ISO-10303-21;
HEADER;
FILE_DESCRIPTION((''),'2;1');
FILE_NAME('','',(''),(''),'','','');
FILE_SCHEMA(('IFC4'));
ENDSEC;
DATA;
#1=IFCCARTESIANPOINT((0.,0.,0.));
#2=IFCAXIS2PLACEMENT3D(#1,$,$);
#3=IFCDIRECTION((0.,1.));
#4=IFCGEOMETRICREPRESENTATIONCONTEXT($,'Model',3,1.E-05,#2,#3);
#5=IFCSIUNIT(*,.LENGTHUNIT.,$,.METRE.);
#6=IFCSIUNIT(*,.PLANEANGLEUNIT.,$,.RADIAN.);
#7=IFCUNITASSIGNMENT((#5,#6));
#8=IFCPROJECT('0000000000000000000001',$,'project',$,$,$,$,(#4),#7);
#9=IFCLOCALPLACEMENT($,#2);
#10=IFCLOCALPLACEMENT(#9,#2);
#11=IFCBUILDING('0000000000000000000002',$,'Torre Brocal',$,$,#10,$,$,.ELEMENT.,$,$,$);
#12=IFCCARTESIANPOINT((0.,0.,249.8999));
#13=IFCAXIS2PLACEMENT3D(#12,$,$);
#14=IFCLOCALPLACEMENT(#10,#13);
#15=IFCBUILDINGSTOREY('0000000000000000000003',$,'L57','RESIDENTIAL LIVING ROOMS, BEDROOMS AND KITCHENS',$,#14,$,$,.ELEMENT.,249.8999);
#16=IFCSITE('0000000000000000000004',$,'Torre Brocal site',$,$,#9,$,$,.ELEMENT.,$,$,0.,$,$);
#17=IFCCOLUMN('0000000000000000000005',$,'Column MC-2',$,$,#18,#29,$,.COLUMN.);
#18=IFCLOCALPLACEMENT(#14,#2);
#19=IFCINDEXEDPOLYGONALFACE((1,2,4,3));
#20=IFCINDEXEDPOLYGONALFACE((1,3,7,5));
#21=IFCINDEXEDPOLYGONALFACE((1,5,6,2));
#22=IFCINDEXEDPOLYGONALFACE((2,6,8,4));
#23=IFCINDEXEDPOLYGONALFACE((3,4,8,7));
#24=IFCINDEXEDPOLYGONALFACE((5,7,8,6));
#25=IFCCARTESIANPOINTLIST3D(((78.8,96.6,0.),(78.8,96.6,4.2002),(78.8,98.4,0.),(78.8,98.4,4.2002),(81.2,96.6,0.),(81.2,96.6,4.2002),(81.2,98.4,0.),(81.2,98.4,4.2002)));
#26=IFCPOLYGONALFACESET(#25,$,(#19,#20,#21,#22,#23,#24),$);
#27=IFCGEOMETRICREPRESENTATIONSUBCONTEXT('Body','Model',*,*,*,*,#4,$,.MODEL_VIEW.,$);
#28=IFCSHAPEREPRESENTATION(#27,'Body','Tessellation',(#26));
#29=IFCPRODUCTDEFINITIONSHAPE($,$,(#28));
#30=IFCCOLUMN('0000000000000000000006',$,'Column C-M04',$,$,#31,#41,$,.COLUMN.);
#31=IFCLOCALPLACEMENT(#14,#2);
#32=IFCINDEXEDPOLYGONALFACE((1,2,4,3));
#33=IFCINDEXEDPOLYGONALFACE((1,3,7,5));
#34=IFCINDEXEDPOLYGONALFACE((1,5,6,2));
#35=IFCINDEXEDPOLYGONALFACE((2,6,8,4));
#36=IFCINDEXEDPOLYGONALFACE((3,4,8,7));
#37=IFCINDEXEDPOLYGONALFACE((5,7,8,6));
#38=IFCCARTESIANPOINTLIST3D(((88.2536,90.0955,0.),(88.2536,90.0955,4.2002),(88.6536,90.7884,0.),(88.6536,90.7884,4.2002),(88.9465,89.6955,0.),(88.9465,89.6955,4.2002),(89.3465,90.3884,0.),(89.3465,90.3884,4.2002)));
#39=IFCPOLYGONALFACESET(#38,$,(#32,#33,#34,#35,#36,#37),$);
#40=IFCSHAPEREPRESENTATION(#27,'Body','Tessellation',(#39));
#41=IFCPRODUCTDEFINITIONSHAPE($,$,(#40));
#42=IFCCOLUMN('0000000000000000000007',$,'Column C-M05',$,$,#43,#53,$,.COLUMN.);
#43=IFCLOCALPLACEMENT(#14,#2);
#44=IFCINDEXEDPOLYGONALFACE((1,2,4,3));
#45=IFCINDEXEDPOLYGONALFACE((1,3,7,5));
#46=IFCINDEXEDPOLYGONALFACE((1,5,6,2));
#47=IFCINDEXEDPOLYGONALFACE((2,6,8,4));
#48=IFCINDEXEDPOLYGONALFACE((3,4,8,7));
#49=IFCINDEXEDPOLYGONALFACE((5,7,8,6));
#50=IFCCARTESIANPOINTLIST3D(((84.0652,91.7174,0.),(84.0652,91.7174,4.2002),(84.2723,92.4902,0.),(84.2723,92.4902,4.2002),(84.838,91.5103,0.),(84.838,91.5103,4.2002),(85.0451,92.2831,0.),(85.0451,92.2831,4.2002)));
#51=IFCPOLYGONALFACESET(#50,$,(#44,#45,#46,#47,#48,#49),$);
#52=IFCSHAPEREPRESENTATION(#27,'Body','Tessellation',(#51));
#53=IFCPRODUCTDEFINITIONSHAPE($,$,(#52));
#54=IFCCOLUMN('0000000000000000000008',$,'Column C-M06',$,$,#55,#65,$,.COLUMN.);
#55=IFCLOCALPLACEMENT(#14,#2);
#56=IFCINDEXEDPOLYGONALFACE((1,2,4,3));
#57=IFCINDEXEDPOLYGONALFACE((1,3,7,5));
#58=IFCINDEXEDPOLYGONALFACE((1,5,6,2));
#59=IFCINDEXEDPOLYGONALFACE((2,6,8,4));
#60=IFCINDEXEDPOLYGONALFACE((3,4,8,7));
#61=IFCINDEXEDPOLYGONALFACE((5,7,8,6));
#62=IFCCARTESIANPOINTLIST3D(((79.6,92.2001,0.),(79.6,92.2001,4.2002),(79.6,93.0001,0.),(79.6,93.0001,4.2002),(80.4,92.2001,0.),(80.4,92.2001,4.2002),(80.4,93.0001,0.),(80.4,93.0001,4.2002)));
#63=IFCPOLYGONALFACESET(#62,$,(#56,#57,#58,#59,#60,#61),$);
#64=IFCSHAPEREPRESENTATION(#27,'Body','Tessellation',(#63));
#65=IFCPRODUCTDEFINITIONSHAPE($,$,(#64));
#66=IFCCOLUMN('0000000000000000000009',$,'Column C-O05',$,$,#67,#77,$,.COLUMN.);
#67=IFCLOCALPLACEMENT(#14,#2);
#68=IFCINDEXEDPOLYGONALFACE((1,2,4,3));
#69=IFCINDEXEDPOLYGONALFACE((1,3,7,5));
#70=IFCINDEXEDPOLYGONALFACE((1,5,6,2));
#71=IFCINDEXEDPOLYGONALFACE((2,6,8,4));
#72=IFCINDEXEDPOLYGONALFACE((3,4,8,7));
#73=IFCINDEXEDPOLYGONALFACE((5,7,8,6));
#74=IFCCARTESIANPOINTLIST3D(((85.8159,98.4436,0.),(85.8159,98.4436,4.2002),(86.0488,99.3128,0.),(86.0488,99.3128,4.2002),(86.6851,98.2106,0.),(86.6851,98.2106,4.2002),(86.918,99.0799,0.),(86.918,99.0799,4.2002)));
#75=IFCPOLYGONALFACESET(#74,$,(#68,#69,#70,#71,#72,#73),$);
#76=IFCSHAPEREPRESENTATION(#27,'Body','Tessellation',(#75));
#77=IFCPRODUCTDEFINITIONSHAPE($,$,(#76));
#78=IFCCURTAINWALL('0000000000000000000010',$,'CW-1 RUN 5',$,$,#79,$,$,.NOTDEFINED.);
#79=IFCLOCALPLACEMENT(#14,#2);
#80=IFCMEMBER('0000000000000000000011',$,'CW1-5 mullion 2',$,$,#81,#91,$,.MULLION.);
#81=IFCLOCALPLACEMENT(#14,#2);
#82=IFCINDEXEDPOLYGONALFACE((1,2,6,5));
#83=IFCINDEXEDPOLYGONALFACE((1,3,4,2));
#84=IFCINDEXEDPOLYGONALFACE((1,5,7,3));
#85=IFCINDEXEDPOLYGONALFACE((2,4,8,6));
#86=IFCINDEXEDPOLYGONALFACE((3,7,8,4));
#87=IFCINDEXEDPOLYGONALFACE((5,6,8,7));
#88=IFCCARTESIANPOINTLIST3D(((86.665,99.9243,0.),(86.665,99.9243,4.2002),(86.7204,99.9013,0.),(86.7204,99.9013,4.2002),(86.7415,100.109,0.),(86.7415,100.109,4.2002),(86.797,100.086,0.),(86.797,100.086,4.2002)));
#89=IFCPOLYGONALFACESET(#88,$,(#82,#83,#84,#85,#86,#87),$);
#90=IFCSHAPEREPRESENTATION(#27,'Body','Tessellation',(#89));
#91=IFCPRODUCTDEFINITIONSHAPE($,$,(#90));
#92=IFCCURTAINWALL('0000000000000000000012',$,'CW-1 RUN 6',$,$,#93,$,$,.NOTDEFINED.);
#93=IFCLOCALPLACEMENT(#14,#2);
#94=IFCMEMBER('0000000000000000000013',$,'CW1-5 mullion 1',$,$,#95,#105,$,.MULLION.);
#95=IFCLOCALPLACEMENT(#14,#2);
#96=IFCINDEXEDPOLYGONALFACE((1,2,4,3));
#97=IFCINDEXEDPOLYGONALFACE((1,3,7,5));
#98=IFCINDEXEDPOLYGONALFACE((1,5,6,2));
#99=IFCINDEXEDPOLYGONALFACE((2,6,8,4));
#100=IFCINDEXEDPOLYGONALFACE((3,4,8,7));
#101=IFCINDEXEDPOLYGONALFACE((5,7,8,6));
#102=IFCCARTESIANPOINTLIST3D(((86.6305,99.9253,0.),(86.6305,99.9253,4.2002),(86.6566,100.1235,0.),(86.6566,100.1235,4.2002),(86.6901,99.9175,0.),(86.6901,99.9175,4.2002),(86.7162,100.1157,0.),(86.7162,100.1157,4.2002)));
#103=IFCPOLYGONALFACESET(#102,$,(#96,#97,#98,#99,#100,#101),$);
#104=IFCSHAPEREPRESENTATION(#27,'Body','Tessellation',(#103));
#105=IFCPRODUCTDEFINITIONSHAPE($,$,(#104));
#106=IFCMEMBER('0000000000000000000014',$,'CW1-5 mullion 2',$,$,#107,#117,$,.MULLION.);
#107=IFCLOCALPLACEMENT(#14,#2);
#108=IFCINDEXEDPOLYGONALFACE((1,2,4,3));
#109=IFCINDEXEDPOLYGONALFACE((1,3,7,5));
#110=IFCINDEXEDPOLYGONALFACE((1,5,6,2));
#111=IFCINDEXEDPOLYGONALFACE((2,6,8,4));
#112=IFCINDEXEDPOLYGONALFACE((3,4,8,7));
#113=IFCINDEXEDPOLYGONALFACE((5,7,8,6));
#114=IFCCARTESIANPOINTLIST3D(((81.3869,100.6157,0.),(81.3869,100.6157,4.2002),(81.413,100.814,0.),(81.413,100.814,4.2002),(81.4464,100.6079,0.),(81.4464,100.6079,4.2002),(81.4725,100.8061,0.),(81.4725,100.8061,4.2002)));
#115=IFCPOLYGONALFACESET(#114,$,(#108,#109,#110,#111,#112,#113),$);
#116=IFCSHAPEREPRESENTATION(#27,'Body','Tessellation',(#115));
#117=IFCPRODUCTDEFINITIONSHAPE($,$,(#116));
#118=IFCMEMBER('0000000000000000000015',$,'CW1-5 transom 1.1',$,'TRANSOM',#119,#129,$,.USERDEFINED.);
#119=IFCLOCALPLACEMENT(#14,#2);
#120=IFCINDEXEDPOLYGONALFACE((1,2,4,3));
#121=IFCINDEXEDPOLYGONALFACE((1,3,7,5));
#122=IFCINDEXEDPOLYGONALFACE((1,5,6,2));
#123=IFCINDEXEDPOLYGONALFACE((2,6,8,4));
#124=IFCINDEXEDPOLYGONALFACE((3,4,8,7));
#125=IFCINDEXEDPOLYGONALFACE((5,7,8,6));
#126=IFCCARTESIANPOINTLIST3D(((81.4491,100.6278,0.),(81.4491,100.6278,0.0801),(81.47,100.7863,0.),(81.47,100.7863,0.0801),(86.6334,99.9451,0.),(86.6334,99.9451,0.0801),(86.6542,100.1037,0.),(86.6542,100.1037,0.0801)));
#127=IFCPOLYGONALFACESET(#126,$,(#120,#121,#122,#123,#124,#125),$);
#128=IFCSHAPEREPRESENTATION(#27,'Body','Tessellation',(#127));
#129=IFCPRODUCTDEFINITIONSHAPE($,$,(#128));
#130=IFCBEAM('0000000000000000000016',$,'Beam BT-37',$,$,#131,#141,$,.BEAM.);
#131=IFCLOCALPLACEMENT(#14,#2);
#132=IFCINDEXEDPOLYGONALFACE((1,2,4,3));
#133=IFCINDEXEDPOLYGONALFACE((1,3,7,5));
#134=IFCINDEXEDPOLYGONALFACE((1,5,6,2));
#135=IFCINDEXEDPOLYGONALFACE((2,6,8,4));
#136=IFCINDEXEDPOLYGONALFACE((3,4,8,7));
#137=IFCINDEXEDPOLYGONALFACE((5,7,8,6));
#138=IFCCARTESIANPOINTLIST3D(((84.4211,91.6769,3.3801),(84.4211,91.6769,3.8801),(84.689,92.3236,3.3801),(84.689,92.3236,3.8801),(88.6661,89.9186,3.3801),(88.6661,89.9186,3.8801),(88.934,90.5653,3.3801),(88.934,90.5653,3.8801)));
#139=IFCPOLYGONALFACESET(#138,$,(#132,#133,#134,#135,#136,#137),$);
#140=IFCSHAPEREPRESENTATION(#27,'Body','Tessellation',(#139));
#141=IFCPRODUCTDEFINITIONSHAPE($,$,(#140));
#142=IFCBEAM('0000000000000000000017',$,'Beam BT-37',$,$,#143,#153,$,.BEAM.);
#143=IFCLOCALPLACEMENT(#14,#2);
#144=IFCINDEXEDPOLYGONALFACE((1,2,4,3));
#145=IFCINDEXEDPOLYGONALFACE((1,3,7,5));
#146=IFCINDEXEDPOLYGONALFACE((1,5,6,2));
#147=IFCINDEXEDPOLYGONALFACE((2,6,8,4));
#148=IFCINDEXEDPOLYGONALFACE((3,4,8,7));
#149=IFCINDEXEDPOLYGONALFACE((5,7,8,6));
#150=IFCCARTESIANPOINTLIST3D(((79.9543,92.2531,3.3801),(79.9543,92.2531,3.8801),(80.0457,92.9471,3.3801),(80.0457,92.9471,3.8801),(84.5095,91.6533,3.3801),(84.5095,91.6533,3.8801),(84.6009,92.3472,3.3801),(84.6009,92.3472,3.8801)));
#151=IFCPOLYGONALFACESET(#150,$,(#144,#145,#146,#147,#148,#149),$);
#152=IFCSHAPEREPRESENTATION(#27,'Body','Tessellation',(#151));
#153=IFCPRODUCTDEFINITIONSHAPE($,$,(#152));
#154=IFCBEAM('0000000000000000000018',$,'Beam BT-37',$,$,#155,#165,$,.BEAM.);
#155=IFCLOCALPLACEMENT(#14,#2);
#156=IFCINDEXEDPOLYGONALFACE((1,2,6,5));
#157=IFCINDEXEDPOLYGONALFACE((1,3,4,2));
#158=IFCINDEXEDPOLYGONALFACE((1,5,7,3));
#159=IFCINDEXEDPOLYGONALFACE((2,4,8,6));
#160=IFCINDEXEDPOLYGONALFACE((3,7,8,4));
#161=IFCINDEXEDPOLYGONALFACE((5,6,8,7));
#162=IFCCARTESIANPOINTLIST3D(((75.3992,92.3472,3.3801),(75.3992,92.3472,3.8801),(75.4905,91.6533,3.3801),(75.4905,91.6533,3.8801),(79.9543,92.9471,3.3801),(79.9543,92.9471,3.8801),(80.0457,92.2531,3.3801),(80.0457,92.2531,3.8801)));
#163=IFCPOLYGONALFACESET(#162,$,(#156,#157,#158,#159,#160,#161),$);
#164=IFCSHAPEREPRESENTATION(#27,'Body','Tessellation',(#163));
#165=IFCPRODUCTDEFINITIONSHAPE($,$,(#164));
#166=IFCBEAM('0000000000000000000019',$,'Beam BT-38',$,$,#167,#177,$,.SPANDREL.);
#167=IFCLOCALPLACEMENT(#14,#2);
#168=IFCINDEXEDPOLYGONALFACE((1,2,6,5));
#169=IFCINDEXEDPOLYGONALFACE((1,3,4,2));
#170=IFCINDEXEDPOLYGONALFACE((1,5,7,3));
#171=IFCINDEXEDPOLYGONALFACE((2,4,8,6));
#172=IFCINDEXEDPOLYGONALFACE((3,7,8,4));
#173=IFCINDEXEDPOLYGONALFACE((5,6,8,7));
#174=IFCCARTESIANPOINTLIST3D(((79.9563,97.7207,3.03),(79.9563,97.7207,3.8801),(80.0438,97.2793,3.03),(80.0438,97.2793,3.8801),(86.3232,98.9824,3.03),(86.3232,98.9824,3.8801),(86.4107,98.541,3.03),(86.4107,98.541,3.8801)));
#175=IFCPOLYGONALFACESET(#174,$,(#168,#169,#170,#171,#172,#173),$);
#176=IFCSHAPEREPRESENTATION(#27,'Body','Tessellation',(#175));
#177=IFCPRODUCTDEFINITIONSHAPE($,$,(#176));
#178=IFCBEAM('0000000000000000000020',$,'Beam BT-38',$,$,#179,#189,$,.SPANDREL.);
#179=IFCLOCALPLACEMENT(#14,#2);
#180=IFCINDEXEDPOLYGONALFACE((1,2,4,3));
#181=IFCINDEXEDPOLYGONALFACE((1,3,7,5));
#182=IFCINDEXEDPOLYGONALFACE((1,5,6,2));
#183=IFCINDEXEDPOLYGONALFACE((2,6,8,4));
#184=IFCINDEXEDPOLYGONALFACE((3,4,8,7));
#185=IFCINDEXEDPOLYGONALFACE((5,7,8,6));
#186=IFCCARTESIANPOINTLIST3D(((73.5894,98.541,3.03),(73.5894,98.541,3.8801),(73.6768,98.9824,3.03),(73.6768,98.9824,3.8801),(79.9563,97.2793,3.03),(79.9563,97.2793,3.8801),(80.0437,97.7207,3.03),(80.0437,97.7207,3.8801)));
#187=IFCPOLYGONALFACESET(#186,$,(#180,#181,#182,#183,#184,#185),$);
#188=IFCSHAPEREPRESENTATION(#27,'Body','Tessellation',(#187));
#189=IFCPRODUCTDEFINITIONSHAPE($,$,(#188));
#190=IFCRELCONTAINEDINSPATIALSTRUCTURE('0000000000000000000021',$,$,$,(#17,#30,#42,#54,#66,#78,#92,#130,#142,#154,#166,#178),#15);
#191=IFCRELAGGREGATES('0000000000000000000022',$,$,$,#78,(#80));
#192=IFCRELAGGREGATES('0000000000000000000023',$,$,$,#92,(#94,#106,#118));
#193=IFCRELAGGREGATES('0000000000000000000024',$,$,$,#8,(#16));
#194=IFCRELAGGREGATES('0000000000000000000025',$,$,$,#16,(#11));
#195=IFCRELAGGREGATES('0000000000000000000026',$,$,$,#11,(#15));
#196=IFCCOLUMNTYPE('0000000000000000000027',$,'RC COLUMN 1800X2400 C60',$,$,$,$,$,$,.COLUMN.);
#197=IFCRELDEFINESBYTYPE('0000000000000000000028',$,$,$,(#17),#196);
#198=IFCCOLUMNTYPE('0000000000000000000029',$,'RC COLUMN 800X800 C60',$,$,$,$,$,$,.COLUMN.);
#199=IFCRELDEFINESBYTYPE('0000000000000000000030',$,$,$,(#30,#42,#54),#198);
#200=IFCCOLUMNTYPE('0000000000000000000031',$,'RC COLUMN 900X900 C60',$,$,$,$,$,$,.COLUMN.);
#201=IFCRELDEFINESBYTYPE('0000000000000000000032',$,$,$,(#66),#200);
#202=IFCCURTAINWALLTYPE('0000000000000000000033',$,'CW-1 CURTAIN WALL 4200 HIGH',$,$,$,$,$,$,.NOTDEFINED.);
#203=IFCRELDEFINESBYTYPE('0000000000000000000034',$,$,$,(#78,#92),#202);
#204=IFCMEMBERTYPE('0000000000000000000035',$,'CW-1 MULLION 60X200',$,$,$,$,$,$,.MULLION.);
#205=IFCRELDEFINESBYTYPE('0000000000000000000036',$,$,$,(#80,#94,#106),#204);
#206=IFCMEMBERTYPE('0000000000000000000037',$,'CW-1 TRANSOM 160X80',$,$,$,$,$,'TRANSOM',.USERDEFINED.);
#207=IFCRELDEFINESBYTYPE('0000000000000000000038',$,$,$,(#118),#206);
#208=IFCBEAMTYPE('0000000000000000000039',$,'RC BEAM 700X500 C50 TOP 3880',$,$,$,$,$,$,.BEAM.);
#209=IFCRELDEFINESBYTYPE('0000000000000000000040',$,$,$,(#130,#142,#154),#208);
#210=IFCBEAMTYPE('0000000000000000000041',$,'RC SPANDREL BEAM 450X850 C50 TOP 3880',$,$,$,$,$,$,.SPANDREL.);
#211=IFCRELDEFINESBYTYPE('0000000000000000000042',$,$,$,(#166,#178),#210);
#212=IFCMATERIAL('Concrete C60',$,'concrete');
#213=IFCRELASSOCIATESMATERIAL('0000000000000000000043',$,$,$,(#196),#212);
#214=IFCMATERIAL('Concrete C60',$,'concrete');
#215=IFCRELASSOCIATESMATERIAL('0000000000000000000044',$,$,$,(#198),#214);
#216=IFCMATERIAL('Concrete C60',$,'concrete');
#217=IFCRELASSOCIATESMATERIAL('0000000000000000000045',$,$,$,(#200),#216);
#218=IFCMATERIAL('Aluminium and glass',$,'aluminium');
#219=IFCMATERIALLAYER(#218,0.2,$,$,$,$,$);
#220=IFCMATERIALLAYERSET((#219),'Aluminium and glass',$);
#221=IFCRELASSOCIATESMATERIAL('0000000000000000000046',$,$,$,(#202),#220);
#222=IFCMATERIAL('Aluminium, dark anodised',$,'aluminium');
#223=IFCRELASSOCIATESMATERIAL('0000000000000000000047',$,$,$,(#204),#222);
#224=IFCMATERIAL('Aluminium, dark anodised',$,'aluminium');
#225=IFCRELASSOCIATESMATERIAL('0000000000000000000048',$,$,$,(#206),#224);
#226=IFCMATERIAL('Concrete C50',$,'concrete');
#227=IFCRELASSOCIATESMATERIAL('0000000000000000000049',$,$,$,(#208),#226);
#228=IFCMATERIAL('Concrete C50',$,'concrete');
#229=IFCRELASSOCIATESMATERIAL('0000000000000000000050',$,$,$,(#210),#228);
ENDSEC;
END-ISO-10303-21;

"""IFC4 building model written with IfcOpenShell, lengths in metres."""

from ifc_helpers import new_model, si_unit, direction, frame, origin, origin_2d, place, context, subcontext, project, spatial, rectangle, extrude, material, layer, layer_set, material_profile, profile_set, type_object, element, aggregate, save


model = new_model("IFC4")

# Units and contexts
model_context = context("Model", 3, precision=1e-05, world=origin(), true_north=direction((0.0, 1.0)))
body_context = subcontext(model_context, "Body", "Model", "MODEL_VIEW")
ifc_project = project(units=[si_unit("LENGTHUNIT", "METRE"), si_unit("PLANEANGLEUNIT", "RADIAN")], contexts=[model_context])

# Site, building, storey
site_placement = place(None, origin())
site = spatial("IfcSite", under=ifc_project, at=site_placement, Name="Torre Brocal site", CompositionType="ELEMENT", RefElevation=0.0)
building_placement = place(site_placement, origin())
building = spatial("IfcBuilding", under=site, at=building_placement, Name="Torre Brocal", CompositionType="ELEMENT")
storey_placement = place(building_placement, frame((0.0, 0.0, 249.8999)))
storey = spatial("IfcBuildingStorey", under=building, at=storey_placement, Name="L57", Description="RESIDENTIAL LIVING ROOMS, BEDROOMS AND KITCHENS", CompositionType="ELEMENT", Elevation=249.8999)

# Columns
ifc_material_1 = material(Name="Concrete C60", Category="concrete")
ifc_material_profile_1 = material_profile(ifc_material_1, rectangle(XDim=1.8, YDim=2.3999, at=origin_2d()), Name="RC 1800X2400")
ifc_profile_set_1 = profile_set([ifc_material_profile_1], Name="Concrete C60")
column_type_1 = type_object("IfcColumnType", Name="RC COLUMN 1800X2400 C60", PredefinedType="COLUMN", material=ifc_profile_set_1)
column_1_placement = place(storey_placement, frame((80.0, 97.5, 0.0), z_axis=(0.0, 0.0, 1.0), x_axis=(0.0, 1.0, 0.0)))
element("IfcColumn", 1, at=column_1_placement, inside=storey, type_object=column_type_1, Name="Column MC-2", PredefinedType="COLUMN", context=body_context, shape_type="SweptSolid", body=[
    extrude(rectangle(XDim=1.8, YDim=2.3999, at=origin_2d()), origin(), (0.0, 0.0, 1.0), 4.2002),
])
ifc_material_2 = material(Name="Concrete C60", Category="concrete")
ifc_material_profile_2 = material_profile(ifc_material_2, rectangle(XDim=0.8, YDim=0.8, at=origin_2d()), Name="RC 800X800")
ifc_profile_set_2 = profile_set([ifc_material_profile_2], Name="Concrete C60")
column_type_2 = type_object("IfcColumnType", Name="RC COLUMN 800X800 C60", PredefinedType="COLUMN", material=ifc_profile_set_2)
for number, where, z_axis, x_axis, name in (
    (2, (88.8, 90.2419, 0.0), (0.0, 0.0, 1.0), (0.5, 0.866025, 0.0), "Column C-M04"),
    (3, (84.5552, 92.0002, 0.0), (0.0, 0.0, 1.0), (0.258819, 0.965926, 0.0), "Column C-M05"),
    (4, (80.0, 92.6001, 0.0), (0.0, 0.0, 1.0), (0.0, 1.0, 0.0), "Column C-M06"),
):
    element("IfcColumn", number, at=place(storey_placement, frame(where, z_axis=z_axis, x_axis=x_axis)), inside=storey, type_object=column_type_2, Name=name, PredefinedType="COLUMN", context=body_context, shape_type="SweptSolid", body=[
        extrude(rectangle(XDim=0.8, YDim=0.8, at=origin_2d()), origin(), (0.0, 0.0, 1.0), 4.2002),
    ])
ifc_material_3 = material(Name="Concrete C60", Category="concrete")
ifc_material_profile_3 = material_profile(ifc_material_3, rectangle(XDim=0.8999, YDim=0.8999, at=origin_2d()), Name="RC 900X900")
ifc_profile_set_3 = profile_set([ifc_material_profile_3], Name="Concrete C60")
column_type_3 = type_object("IfcColumnType", Name="RC COLUMN 900X900 C60", PredefinedType="COLUMN", material=ifc_profile_set_3)
column_2_placement = place(storey_placement, frame((86.3669, 98.7617, 0.0), z_axis=(0.0, 0.0, 1.0), x_axis=(0.258819, 0.965926, 0.0)))
element("IfcColumn", 5, at=column_2_placement, inside=storey, type_object=column_type_3, Name="Column C-O05", PredefinedType="COLUMN", context=body_context, shape_type="SweptSolid", body=[
    extrude(rectangle(XDim=0.8999, YDim=0.8999, at=origin_2d()), origin(), (0.0, 0.0, 1.0), 4.2002),
])

# Curtain wall, member
ifc_material_4 = material(Name="Aluminium and glass", Category="aluminium")
ifc_layer_1 = layer(ifc_material_4, 0.2)
ifc_layer_set_1 = layer_set([ifc_layer_1], Name="Aluminium and glass")
curtain_wall_type = type_object("IfcCurtainWallType", Name="CW-1 CURTAIN WALL 4200 HIGH", PredefinedType="NOTDEFINED", material=ifc_layer_set_1)
curtain_wall_1_placement = place(storey_placement, origin())
curtain_wall_1 = element("IfcCurtainWall", 6, at=curtain_wall_1_placement, inside=storey, type_object=curtain_wall_type, Name="CW-1 RUN 5", PredefinedType="NOTDEFINED")
ifc_material_5 = material(Name="Aluminium, dark anodised", Category="aluminium")
ifc_material_profile_4 = material_profile(ifc_material_5, rectangle(XDim=0.2, YDim=0.0601, at=origin_2d()), Name="CW-1 MULLION 60X200")
ifc_profile_set_4 = profile_set([ifc_material_profile_4], Name="Aluminium, dark anodised")
member_type_1 = type_object("IfcMemberType", Name="CW-1 MULLION 60X200", PredefinedType="MULLION", material=ifc_profile_set_4)
member_1_placement = place(storey_placement, frame((86.731, 100.0051, 0.0), z_axis=(0.0, 0.0, 1.0), x_axis=(-0.382683, -0.92388, 0.0)))
member_1 = element("IfcMember", 7, at=member_1_placement, type_object=member_type_1, Name="CW1-5 mullion 2", PredefinedType="MULLION", context=body_context, shape_type="SweptSolid", body=[
    extrude(rectangle(XDim=0.2, YDim=0.0601, at=origin_2d()), origin(), (0.0, 0.0, 1.0), 4.2002),
])

# Curtain wall, members
curtain_wall_2_placement = place(storey_placement, origin())
curtain_wall_2 = element("IfcCurtainWall", 8, at=curtain_wall_2_placement, inside=storey, type_object=curtain_wall_type, Name="CW-1 RUN 6", PredefinedType="NOTDEFINED")
member_2_placement = place(storey_placement, frame((86.6733, 100.0205, 0.0), z_axis=(0.0, 0.0, 1.0), x_axis=(-0.130526, -0.991445, 0.0)))
member_2 = element("IfcMember", 9, at=member_2_placement, type_object=member_type_1, Name="CW1-5 mullion 1", PredefinedType="MULLION", context=body_context, shape_type="SweptSolid", body=[
    extrude(rectangle(XDim=0.2, YDim=0.0601, at=origin_2d()), origin(), (0.0, 0.0, 1.0), 4.2002),
])
member_3_placement = place(storey_placement, frame((81.4297, 100.7109, 0.0), z_axis=(0.0, 0.0, 1.0), x_axis=(-0.130526, -0.991445, 0.0)))
member_3 = element("IfcMember", 10, at=member_3_placement, type_object=member_type_1, Name="CW1-5 mullion 2", PredefinedType="MULLION", context=body_context, shape_type="SweptSolid", body=[
    extrude(rectangle(XDim=0.2, YDim=0.0601, at=origin_2d()), origin(), (0.0, 0.0, 1.0), 4.2002),
])
ifc_material_6 = material(Name="Aluminium, dark anodised", Category="aluminium")
ifc_material_profile_5 = material_profile(ifc_material_6, rectangle(XDim=0.1599, YDim=0.0801, at=origin_2d()), Name="CW-1 TRANSOM 160X80")
ifc_profile_set_5 = profile_set([ifc_material_profile_5], Name="Aluminium, dark anodised")
member_type_2 = type_object("IfcMemberType", Name="CW-1 TRANSOM 160X80", ElementType="TRANSOM", PredefinedType="USERDEFINED", material=ifc_profile_set_5)
member_4_placement = place(storey_placement, frame((86.6438, 100.0244, 0.04), z_axis=(-0.991443, 0.130543, 0.0), x_axis=(-0.130543, -0.991443, 0.0)))
member_4 = element("IfcMember", 11, at=member_4_placement, type_object=member_type_2, Name="CW1-5 transom 1.1", ObjectType="TRANSOM", PredefinedType="USERDEFINED", context=body_context, shape_type="SweptSolid", body=[
    extrude(rectangle(XDim=0.1599, YDim=0.0801, at=origin_2d()), origin(), (0.0, 0.0, 1.0), 5.229),
])

# Beams
ifc_material_7 = material(Name="Concrete C50", Category="concrete")
ifc_material_profile_6 = material_profile(ifc_material_7, rectangle(XDim=0.7, YDim=0.5, at=origin_2d()), Name="RC 700X500")
ifc_profile_set_6 = profile_set([ifc_material_profile_6], Name="Concrete C50")
beam_type_1 = type_object("IfcBeamType", Name="RC BEAM 700X500 C50 TOP 3880", PredefinedType="BEAM", material=ifc_profile_set_6)
beam_placement = place(storey_placement, frame((88.8, 90.2419, 3.6301), z_axis=(-0.923878, 0.382687, 0.0), x_axis=(-0.382687, -0.923878, 0.0)))
element("IfcBeam", 12, at=beam_placement, inside=storey, type_object=beam_type_1, Name="Beam BT-37", PredefinedType="BEAM", context=body_context, shape_type="SweptSolid", body=[
    extrude(rectangle(XDim=0.7, YDim=0.5, at=origin_2d()), origin(), (0.0, 0.0, 1.0), 4.5947),
])
for number, where, z_axis, x_axis, name in (
    (13, (84.5552, 92.0002, 3.6301), (-0.991441, 0.130559, 0.0), (-0.130559, -0.991441, 0.0), "Beam BT-37"),
    (14, (80.0, 92.6001, 3.6301), (-0.991441, -0.130559, 0.0), (0.130559, -0.991441, 0.0), "Beam BT-37"),
):
    element("IfcBeam", number, at=place(storey_placement, frame(where, z_axis=z_axis, x_axis=x_axis)), inside=storey, type_object=beam_type_1, Name=name, PredefinedType="BEAM", context=body_context, shape_type="SweptSolid", body=[
        extrude(rectangle(XDim=0.7, YDim=0.5, at=origin_2d()), origin(), (0.0, 0.0, 1.0), 4.5945),
    ])
ifc_material_8 = material(Name="Concrete C50", Category="concrete")
ifc_material_profile_7 = material_profile(ifc_material_8, rectangle(XDim=0.45, YDim=0.8501, at=origin_2d()), Name="RC 450X850")
ifc_profile_set_7 = profile_set([ifc_material_profile_7], Name="Concrete C50")
beam_type_2 = type_object("IfcBeamType", Name="RC SPANDREL BEAM 450X850 C50 TOP 3880", PredefinedType="SPANDREL", material=ifc_profile_set_7)
for number, where, z_axis, x_axis, name in (
    (15, (86.3669, 98.7617, 3.4551), (-0.980925, -0.194387, 0.0), (0.194387, -0.980925, 0.0), "Beam BT-38"),
    (16, (80.0, 97.5, 3.4551), (-0.980925, 0.194387, 0.0), (-0.194387, -0.980925, 0.0), "Beam BT-38"),
):
    element("IfcBeam", number, at=place(storey_placement, frame(where, z_axis=z_axis, x_axis=x_axis)), inside=storey, type_object=beam_type_2, Name=name, PredefinedType="SPANDREL", context=body_context, shape_type="SweptSolid", body=[
        extrude(rectangle(XDim=0.45, YDim=0.8501, at=origin_2d()), origin(), (0.0, 0.0, 1.0), 6.4907),
    ])

aggregate(curtain_wall_1, [member_1])
aggregate(curtain_wall_2, [member_2, member_3, member_4])

save(model, "model.ifc")
